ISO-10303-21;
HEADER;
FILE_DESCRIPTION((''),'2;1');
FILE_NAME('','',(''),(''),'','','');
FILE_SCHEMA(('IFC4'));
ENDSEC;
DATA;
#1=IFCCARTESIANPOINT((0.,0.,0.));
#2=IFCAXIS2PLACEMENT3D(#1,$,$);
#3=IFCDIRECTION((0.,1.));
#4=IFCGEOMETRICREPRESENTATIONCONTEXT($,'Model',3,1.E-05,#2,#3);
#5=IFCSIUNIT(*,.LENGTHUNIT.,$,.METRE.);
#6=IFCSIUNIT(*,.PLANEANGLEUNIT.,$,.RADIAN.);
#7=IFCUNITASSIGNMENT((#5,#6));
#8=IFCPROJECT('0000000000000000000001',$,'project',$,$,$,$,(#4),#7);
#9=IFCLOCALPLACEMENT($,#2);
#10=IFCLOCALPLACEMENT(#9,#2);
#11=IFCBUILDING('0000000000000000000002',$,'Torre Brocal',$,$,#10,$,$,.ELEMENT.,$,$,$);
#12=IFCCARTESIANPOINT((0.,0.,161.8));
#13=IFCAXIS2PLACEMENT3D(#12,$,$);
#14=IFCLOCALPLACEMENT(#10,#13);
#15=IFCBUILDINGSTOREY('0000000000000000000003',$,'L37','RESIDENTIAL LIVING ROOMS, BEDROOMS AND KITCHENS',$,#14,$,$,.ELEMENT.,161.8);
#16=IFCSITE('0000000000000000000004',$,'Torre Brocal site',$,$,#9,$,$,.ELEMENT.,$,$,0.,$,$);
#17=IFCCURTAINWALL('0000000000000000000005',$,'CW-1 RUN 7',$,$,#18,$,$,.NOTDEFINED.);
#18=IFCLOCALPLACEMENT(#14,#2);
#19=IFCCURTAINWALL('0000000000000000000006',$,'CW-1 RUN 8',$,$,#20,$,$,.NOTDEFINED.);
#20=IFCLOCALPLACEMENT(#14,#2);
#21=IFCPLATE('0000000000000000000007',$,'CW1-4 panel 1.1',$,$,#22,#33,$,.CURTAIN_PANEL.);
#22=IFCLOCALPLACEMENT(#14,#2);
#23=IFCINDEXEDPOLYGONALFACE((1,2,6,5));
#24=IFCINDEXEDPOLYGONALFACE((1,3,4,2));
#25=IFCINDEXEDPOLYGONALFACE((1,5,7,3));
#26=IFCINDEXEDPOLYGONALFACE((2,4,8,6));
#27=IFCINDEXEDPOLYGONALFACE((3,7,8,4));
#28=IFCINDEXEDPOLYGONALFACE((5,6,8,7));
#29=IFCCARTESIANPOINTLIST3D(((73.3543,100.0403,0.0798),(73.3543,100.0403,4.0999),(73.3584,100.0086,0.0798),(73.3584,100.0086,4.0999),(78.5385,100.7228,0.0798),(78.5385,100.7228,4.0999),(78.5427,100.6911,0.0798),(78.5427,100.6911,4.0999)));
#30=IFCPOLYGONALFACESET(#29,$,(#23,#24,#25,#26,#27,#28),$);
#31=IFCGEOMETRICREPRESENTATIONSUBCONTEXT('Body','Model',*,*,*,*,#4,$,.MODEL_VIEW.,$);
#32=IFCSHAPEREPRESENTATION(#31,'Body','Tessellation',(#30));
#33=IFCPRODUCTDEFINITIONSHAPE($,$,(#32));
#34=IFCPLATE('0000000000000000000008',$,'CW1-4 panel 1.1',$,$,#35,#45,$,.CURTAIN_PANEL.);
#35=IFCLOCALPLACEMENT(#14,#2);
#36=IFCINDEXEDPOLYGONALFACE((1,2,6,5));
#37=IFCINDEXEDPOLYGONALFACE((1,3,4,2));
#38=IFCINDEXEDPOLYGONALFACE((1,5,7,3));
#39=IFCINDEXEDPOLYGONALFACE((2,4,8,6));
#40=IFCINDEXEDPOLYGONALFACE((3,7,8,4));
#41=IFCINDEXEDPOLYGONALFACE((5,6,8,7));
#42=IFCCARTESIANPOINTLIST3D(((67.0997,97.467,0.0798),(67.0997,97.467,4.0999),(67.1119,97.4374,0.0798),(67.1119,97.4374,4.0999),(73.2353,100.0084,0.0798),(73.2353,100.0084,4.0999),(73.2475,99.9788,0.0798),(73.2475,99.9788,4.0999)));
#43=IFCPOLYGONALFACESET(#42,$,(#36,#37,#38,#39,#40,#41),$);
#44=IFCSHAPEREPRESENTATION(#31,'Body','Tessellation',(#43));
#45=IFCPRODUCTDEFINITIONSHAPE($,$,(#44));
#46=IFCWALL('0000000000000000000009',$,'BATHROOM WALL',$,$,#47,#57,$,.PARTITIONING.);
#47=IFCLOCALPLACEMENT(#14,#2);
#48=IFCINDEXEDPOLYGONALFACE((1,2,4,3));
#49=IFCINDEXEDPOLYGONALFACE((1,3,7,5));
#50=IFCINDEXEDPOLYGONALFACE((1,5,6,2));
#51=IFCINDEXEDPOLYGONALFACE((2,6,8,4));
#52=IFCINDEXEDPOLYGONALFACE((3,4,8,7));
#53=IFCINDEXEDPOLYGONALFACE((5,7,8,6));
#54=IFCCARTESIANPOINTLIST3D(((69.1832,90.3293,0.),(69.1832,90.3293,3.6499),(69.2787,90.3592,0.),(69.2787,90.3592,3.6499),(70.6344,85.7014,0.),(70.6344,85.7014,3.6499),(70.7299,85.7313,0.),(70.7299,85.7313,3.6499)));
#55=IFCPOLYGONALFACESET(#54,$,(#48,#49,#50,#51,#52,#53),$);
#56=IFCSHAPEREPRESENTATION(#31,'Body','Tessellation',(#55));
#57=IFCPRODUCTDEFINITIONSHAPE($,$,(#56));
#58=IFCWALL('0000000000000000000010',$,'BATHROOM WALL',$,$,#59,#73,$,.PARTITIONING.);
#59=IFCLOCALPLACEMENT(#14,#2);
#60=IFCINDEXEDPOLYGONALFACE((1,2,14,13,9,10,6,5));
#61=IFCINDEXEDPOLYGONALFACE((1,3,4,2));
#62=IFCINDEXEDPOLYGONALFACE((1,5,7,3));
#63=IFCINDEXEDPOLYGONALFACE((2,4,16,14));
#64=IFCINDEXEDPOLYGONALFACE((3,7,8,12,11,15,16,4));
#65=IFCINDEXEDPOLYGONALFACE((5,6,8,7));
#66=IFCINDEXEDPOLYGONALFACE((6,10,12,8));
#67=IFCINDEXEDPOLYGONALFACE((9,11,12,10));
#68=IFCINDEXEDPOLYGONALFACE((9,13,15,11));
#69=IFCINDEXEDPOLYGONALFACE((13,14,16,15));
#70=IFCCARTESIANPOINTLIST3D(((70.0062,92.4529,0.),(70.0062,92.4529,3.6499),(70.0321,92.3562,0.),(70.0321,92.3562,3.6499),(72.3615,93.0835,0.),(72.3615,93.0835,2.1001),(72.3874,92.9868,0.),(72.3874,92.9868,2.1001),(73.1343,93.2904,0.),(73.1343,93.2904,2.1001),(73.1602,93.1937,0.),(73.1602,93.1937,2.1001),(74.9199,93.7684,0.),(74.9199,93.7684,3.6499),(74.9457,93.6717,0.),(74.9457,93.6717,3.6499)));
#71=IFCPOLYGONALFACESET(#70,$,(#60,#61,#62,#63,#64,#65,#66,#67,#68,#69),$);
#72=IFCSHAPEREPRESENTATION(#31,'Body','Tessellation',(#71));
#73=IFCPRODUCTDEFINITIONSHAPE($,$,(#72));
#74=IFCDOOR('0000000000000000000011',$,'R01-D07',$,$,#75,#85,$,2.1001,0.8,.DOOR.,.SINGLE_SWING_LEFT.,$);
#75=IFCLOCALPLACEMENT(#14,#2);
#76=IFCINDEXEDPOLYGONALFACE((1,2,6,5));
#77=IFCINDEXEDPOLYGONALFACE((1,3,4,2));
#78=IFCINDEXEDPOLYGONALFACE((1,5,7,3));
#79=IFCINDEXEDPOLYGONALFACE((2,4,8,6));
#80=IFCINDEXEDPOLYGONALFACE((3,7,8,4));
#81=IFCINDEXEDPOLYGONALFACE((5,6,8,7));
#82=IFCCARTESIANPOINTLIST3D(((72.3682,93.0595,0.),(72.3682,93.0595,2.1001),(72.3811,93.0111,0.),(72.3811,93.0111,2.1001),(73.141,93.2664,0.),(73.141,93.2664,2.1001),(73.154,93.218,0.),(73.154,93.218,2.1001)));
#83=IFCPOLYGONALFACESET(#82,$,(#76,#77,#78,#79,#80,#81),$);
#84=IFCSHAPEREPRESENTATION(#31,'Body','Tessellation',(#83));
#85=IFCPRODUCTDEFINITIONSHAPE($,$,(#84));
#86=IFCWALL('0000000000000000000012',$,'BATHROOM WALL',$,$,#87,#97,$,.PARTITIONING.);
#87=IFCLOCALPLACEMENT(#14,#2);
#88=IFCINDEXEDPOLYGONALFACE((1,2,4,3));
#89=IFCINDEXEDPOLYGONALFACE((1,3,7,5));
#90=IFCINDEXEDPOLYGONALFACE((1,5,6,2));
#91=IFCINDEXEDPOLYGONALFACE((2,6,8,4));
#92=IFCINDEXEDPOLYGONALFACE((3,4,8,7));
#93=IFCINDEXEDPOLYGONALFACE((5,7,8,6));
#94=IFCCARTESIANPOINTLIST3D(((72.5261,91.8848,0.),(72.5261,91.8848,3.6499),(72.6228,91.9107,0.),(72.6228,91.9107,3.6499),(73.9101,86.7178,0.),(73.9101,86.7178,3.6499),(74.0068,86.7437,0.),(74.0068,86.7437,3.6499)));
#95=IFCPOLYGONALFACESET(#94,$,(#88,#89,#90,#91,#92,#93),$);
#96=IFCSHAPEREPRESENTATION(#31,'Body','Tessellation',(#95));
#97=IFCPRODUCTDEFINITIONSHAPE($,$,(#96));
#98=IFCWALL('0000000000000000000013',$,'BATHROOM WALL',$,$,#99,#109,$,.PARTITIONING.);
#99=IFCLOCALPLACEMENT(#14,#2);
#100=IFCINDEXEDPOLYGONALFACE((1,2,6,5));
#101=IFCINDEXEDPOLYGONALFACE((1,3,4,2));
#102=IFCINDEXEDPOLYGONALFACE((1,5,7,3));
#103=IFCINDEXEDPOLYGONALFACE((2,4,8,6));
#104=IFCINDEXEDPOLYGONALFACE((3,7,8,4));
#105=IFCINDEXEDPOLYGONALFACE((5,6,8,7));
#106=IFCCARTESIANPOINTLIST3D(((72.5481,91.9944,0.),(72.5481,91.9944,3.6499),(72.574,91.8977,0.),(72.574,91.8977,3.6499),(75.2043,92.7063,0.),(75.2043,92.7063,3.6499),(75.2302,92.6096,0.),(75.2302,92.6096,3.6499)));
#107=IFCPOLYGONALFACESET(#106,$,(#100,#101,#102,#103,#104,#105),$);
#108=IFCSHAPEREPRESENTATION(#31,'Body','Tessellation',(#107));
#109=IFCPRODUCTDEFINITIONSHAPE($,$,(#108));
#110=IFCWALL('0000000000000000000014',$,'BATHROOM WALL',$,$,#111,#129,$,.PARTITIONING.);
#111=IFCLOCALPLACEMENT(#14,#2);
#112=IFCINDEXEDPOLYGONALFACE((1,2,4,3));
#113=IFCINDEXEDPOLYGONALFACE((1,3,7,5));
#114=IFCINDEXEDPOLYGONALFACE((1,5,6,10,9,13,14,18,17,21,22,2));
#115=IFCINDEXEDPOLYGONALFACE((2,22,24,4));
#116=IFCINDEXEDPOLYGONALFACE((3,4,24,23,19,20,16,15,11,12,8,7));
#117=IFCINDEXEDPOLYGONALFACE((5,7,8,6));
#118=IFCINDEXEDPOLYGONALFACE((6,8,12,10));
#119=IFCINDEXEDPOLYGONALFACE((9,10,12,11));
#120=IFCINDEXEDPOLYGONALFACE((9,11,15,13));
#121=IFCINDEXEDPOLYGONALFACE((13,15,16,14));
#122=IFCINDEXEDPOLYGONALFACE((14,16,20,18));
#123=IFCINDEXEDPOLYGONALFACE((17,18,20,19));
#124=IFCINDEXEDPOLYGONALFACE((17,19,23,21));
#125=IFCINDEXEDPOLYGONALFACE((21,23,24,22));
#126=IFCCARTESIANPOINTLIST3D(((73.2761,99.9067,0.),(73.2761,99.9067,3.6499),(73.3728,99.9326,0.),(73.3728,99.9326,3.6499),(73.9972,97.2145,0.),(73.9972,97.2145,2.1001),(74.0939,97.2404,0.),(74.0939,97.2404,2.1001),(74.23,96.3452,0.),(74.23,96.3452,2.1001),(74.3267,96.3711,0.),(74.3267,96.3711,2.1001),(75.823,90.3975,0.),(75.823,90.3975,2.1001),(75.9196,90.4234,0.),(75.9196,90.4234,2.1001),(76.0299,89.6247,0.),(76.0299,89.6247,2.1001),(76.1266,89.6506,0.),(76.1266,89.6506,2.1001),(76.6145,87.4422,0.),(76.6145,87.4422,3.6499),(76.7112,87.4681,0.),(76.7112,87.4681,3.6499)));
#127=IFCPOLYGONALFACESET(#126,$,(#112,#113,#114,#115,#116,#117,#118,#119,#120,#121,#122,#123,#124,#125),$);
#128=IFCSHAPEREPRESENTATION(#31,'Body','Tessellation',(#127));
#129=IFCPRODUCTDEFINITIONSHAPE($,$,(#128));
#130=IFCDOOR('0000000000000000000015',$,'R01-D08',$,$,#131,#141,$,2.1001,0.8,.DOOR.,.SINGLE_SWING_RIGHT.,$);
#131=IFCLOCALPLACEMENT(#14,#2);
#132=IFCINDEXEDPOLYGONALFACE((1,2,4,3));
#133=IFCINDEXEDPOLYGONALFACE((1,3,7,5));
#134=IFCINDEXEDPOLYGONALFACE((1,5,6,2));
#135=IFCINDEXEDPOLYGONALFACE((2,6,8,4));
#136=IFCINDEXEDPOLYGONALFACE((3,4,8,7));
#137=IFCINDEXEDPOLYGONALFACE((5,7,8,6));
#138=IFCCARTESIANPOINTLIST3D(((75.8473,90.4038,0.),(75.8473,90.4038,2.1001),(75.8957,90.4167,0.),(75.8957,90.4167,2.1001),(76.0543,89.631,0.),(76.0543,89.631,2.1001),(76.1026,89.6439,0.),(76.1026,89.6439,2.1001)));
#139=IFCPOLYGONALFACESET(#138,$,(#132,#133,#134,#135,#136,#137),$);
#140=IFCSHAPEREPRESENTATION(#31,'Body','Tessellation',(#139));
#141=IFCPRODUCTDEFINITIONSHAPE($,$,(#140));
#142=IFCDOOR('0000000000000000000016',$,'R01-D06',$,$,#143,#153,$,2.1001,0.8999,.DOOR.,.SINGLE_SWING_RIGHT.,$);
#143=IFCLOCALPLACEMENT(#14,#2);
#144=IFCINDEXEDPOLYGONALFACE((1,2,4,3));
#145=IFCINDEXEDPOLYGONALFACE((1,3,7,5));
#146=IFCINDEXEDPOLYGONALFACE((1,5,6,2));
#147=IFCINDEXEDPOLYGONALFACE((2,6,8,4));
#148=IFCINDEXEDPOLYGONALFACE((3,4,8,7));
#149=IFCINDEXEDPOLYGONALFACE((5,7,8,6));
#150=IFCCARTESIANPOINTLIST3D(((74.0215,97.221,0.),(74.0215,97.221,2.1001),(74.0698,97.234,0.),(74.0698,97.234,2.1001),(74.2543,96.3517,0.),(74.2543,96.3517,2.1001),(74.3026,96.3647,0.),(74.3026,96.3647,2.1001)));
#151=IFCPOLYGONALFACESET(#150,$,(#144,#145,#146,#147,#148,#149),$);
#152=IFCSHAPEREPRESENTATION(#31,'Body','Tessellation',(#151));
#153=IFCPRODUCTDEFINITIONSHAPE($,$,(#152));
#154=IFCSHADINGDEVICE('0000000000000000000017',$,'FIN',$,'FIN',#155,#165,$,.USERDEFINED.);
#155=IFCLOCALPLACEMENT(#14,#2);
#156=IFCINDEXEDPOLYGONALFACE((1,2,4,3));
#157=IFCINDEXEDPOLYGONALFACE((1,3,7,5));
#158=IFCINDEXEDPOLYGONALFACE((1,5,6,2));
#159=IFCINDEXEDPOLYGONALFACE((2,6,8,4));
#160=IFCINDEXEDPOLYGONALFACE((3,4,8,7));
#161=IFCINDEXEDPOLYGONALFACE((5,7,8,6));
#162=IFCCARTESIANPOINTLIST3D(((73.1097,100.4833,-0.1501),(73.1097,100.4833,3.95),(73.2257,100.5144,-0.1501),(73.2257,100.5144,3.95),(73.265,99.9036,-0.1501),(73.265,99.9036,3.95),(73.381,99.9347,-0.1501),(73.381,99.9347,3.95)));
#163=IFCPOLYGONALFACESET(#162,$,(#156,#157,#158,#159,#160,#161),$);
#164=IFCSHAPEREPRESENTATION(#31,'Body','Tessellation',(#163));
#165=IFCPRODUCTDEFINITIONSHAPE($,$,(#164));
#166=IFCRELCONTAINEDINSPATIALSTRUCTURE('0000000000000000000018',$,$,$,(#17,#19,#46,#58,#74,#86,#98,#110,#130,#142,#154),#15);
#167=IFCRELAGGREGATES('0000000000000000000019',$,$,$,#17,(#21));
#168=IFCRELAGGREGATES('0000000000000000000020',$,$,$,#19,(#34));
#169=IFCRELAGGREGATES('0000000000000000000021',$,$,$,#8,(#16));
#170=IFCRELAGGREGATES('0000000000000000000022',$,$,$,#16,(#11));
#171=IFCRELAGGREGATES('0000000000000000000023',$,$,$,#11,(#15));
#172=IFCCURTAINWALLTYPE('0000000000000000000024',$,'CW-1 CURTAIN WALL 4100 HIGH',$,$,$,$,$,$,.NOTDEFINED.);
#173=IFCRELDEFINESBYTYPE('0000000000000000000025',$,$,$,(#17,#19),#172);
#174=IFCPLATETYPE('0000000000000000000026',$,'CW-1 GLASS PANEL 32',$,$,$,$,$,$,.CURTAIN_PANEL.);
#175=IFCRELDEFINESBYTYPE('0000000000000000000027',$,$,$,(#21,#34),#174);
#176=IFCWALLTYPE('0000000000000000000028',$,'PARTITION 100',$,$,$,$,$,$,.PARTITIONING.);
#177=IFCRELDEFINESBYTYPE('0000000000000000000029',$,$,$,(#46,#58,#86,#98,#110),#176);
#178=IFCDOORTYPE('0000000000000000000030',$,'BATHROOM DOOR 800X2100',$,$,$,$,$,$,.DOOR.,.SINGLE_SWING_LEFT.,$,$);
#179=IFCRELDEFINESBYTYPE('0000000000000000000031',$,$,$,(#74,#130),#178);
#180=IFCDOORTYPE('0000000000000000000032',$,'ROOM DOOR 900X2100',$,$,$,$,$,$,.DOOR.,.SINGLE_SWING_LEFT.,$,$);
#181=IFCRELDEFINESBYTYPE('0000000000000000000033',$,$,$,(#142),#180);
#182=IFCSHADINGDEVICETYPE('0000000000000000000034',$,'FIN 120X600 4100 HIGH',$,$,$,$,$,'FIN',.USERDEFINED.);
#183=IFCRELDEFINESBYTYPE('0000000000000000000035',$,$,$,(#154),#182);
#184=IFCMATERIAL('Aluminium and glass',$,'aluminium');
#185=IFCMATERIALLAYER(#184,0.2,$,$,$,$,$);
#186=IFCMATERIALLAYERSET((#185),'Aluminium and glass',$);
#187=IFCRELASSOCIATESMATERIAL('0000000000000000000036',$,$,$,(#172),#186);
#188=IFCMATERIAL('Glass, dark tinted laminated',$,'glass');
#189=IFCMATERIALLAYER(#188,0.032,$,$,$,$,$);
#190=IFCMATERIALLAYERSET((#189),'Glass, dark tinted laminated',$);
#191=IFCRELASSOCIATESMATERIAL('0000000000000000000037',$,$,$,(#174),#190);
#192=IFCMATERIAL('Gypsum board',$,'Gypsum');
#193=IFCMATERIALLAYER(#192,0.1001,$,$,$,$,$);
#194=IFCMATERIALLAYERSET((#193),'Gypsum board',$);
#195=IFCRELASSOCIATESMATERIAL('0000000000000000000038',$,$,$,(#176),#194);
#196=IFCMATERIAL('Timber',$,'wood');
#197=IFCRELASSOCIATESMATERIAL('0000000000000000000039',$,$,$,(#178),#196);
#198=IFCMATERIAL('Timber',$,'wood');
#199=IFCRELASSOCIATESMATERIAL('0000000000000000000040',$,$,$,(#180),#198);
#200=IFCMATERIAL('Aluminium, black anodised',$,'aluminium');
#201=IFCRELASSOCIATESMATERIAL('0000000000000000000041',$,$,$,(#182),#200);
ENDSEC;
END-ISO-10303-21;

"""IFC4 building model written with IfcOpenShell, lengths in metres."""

from ifc_helpers import new_model, si_unit, direction, frame, frame_2d, origin, origin_2d, place, context, subcontext, project, spatial, rectangle, extrude, material, layer, layer_set, material_profile, profile_set, type_object, element, fill, aggregate, save


model = new_model("IFC4")

# Units and contexts
model_context = context("Model", 3, precision=1e-05, world=origin(), true_north=direction((0.0, 1.0)))
body_context = subcontext(model_context, "Body", "Model", "MODEL_VIEW")
ifc_project = project(units=[si_unit("LENGTHUNIT", "METRE"), si_unit("PLANEANGLEUNIT", "RADIAN")], contexts=[model_context])

# Site, building, storey
site_placement = place(None, origin())
site = spatial("IfcSite", under=ifc_project, at=site_placement, Name="Torre Brocal site", CompositionType="ELEMENT", RefElevation=0.0)
building_placement = place(site_placement, origin())
building = spatial("IfcBuilding", under=site, at=building_placement, Name="Torre Brocal", CompositionType="ELEMENT")
storey_placement = place(building_placement, frame((0.0, 0.0, 161.8)))
storey = spatial("IfcBuildingStorey", under=building, at=storey_placement, Name="L37", Description="RESIDENTIAL LIVING ROOMS, BEDROOMS AND KITCHENS", CompositionType="ELEMENT", Elevation=161.8)

# Curtain wall
ifc_material_1 = material(Name="Aluminium and glass", Category="aluminium")
ifc_layer_1 = layer(ifc_material_1, 0.2)
ifc_layer_set_1 = layer_set([ifc_layer_1], Name="Aluminium and glass")
curtain_wall_type = type_object("IfcCurtainWallType", Name="CW-1 CURTAIN WALL 4100 HIGH", PredefinedType="NOTDEFINED", material=ifc_layer_set_1)
curtain_wall_1_placement = place(storey_placement, origin())
curtain_wall_1 = element("IfcCurtainWall", 1, at=curtain_wall_1_placement, inside=storey, type_object=curtain_wall_type, Name="CW-1 RUN 7", PredefinedType="NOTDEFINED")

# Curtain wall
curtain_wall_2_placement = place(storey_placement, origin())
curtain_wall_2 = element("IfcCurtainWall", 2, at=curtain_wall_2_placement, inside=storey, type_object=curtain_wall_type, Name="CW-1 RUN 8", PredefinedType="NOTDEFINED")

# Plates
ifc_material_2 = material(Name="Glass, dark tinted laminated", Category="glass")
ifc_layer_2 = layer(ifc_material_2, 0.032)
ifc_layer_set_2 = layer_set([ifc_layer_2], Name="Glass, dark tinted laminated")
plate_type = type_object("IfcPlateType", Name="CW-1 GLASS PANEL 32", PredefinedType="CURTAIN_PANEL", material=ifc_layer_set_2)
plate_1_placement = place(storey_placement, frame((75.9485, 100.3657, 0.0798), z_axis=(0.0, 0.0, 1.0), x_axis=(-0.991445, -0.130526, 0.0)))
plate_1 = element("IfcPlate", 3, at=plate_1_placement, type_object=plate_type, Name="CW1-4 panel 1.1", PredefinedType="CURTAIN_PANEL", context=body_context, shape_type="SweptSolid", body=[
    extrude(rectangle(XDim=5.229, YDim=0.032, at=origin_2d()), origin(), (0.0, 0.0, 1.0), 4.02),
])
aggregate(curtain_wall_1, [plate_1])
plate_2_placement = place(storey_placement, frame((70.1736, 98.7229, 0.0798), z_axis=(0.0, 0.0, 1.0), x_axis=(-0.92388, -0.382683, 0.0)))
plate_2 = element("IfcPlate", 4, at=plate_2_placement, type_object=plate_type, Name="CW1-4 panel 1.1", PredefinedType="CURTAIN_PANEL", context=body_context, shape_type="SweptSolid", body=[
    extrude(rectangle(XDim=6.6411, YDim=0.032, at=origin_2d()), origin(), (0.0, 0.0, 1.0), 4.02),
])
aggregate(curtain_wall_2, [plate_2])

# Wall
ifc_material_3 = material(Name="Gypsum board", Category="Gypsum")
ifc_layer_3 = layer(ifc_material_3, 0.1001)
ifc_layer_set_3 = layer_set([ifc_layer_3], Name="Gypsum board")
wall_type = type_object("IfcWallType", Name="PARTITION 100", PredefinedType="PARTITIONING", material=ifc_layer_set_3)
wall_1_placement = place(storey_placement, frame((69.231, 90.3442, 0.0), z_axis=(0.0, 0.0, 1.0), x_axis=(0.299203, -0.954189, 0.0)))
element("IfcWall", 5, at=wall_1_placement, inside=storey, type_object=wall_type, Name="BATHROOM WALL", PredefinedType="PARTITIONING", context=body_context, shape_type="SweptSolid", body=[
    extrude(rectangle(XDim=4.8501, YDim=0.1001, at=frame_2d((2.425, 0.0))), origin(), (0.0, 0.0, 1.0), 3.6499),
])

# Wall, opening, door
wall_2_placement = place(storey_placement, frame((70.019, 92.4045, 0.0), z_axis=(0.0, 0.0, 1.0), x_axis=(0.965983, 0.258607, 0.0)))
wall_2 = element("IfcWall", 6, at=wall_2_placement, inside=storey, type_object=wall_type, Name="BATHROOM WALL", PredefinedType="PARTITIONING", context=body_context, shape_type="SweptSolid", body=[
    extrude(rectangle(XDim=5.0867, YDim=0.1001, at=frame_2d((2.5435, 0.0))), origin(), (0.0, 0.0, 1.0), 3.6499),
])
opening_1_placement = place(wall_2_placement, frame((2.4385, 0.0, 0.0)))
opening_1 = element("IfcOpeningElement", 7, at=opening_1_placement, cuts=wall_2, PredefinedType="OPENING", context=body_context, shape_type="SweptSolid", body=[
    extrude(rectangle(XDim=0.8, YDim=2.1001, at=frame_2d((0.3999, 1.05))), frame((0.0, 0.0601, 0.0), z_axis=(0.0, -1.0, 0.0), x_axis=(1.0, 0.0, 0.0)), (0.0, 0.0, 1.0), 0.1201),
])
ifc_material_4 = material(Name="Timber", Category="wood")
door_type_1 = type_object("IfcDoorType", Name="BATHROOM DOOR 800X2100", OperationType="SINGLE_SWING_LEFT", PredefinedType="DOOR", material=ifc_material_4)
door_1_placement = place(opening_1_placement, frame((0.8, 0.0, 0.0), z_axis=(0.0, 0.0, 1.0), x_axis=(-1.0, 0.0, 0.0)))
door_1 = element("IfcDoor", 8, at=door_1_placement, inside=storey, type_object=door_type_1, Name="R01-D07", OperationType="SINGLE_SWING_LEFT", OverallHeight=2.1001, OverallWidth=0.8, PredefinedType="DOOR", context=body_context, shape_type="SweptSolid", body=[
    extrude(rectangle(XDim=0.8, YDim=2.1001, at=frame_2d((0.3999, 1.05))), frame((0.0, 0.0249, 0.0), z_axis=(0.0, -1.0, 0.0), x_axis=(1.0, 0.0, 0.0)), (0.0, 0.0, 1.0), 0.05),
])
fill(opening_1, door_1)

# Walls
wall_3_placement = place(storey_placement, frame((72.5745, 91.8977, 0.0), z_axis=(0.0, 0.0, 1.0), x_axis=(0.258739, -0.965947, 0.0)))
element("IfcWall", 9, at=wall_3_placement, inside=storey, type_object=wall_type, Name="BATHROOM WALL", PredefinedType="PARTITIONING", context=body_context, shape_type="SweptSolid", body=[
    extrude(rectangle(XDim=5.3491, YDim=0.1001, at=frame_2d((2.6746, 0.0))), origin(), (0.0, 0.0, 1.0), 3.6499),
])
wall_4_placement = place(storey_placement, frame((72.561, 91.946, 0.0), z_axis=(0.0, 0.0, 1.0), x_axis=(0.96591, 0.258878, 0.0)))
element("IfcWall", 10, at=wall_4_placement, inside=storey, type_object=wall_type, Name="BATHROOM WALL", PredefinedType="PARTITIONING", context=body_context, shape_type="SweptSolid", body=[
    extrude(rectangle(XDim=2.75, YDim=0.1001, at=frame_2d((1.375, 0.0))), origin(), (0.0, 0.0, 1.0), 3.6499),
])

# Wall, openings, doors
wall_5_placement = place(storey_placement, frame((73.3245, 99.9197, 0.0), z_axis=(0.0, 0.0, 1.0), x_axis=(0.258711, -0.965955, 0.0)))
wall_5 = element("IfcWall", 11, at=wall_5_placement, inside=storey, type_object=wall_type, Name="BATHROOM WALL", PredefinedType="PARTITIONING", context=body_context, shape_type="SweptSolid", body=[
    extrude(rectangle(XDim=12.9038, YDim=0.1001, at=frame_2d((6.4519, 0.0))), origin(), (0.0, 0.0, 1.0), 3.6499),
])
opening_2_placement = place(wall_5_placement, frame((2.7871, 0.0, 0.0)))
opening_2 = element("IfcOpeningElement", 12, at=opening_2_placement, cuts=wall_5, PredefinedType="OPENING", context=body_context, shape_type="SweptSolid", body=[
    extrude(rectangle(XDim=0.8999, YDim=2.1001, at=frame_2d((0.45, 1.05))), frame((0.0, 0.0601, 0.0), z_axis=(0.0, -1.0, 0.0), x_axis=(1.0, 0.0, 0.0)), (0.0, 0.0, 1.0), 0.1201),
])
opening_3_placement = place(wall_5_placement, frame((9.8445, 0.0, 0.0)))
opening_3 = element("IfcOpeningElement", 13, at=opening_3_placement, cuts=wall_5, PredefinedType="OPENING", context=body_context, shape_type="SweptSolid", body=[
    extrude(rectangle(XDim=0.8, YDim=2.1001, at=frame_2d((0.3999, 1.05))), frame((0.0, 0.0601, 0.0), z_axis=(0.0, -1.0, 0.0), x_axis=(1.0, 0.0, 0.0)), (0.0, 0.0, 1.0), 0.1201),
])
door_2_placement = place(opening_3_placement, frame((0.8, 0.0, 0.0), z_axis=(0.0, 0.0, 1.0), x_axis=(-1.0, 0.0, 0.0)))
door_2 = element("IfcDoor", 14, at=door_2_placement, inside=storey, type_object=door_type_1, Name="R01-D08", OperationType="SINGLE_SWING_RIGHT", OverallHeight=2.1001, OverallWidth=0.8, PredefinedType="DOOR", context=body_context, shape_type="SweptSolid", body=[
    extrude(rectangle(XDim=0.8, YDim=2.1001, at=frame_2d((0.3999, 1.05))), frame((0.0, 0.0249, 0.0), z_axis=(0.0, -1.0, 0.0), x_axis=(1.0, 0.0, 0.0)), (0.0, 0.0, 1.0), 0.05),
])
fill(opening_3, door_2)
ifc_material_5 = material(Name="Timber", Category="wood")
door_type_2 = type_object("IfcDoorType", Name="ROOM DOOR 900X2100", OperationType="SINGLE_SWING_LEFT", PredefinedType="DOOR", material=ifc_material_5)
door_3_placement = place(opening_2_placement, frame((0.8999, 0.0, 0.0), z_axis=(0.0, 0.0, 1.0), x_axis=(-1.0, 0.0, 0.0)))
door_3 = element("IfcDoor", 15, at=door_3_placement, inside=storey, type_object=door_type_2, Name="R01-D06", OperationType="SINGLE_SWING_RIGHT", OverallHeight=2.1001, OverallWidth=0.8999, PredefinedType="DOOR", context=body_context, shape_type="SweptSolid", body=[
    extrude(rectangle(XDim=0.8999, YDim=2.1001, at=frame_2d((0.45, 1.05))), frame((0.0, 0.0249, 0.0), z_axis=(0.0, -1.0, 0.0), x_axis=(1.0, 0.0, 0.0)), (0.0, 0.0, 1.0), 0.05),
])
fill(opening_2, door_3)

# Shading device
ifc_material_6 = material(Name="Aluminium, black anodised", Category="aluminium")
ifc_material_profile_1 = material_profile(ifc_material_6, rectangle(XDim=0.1201, YDim=0.6001, at=origin_2d()), Name="FIN 120X600 4100 HIGH")
ifc_profile_set_1 = profile_set([ifc_material_profile_1], Name="Aluminium, black anodised")
shading_device_type = type_object("IfcShadingDeviceType", Name="FIN 120X600 4100 HIGH", ElementType="FIN", PredefinedType="USERDEFINED", material=ifc_profile_set_1)
shading_device_placement = place(storey_placement, frame((73.2454, 100.209, -0.1501), z_axis=(0.0, 0.0, 1.0), x_axis=(-0.965926, -0.258819, 0.0)))
element("IfcShadingDevice", 16, at=shading_device_placement, inside=storey, type_object=shading_device_type, Name="FIN", ObjectType="FIN", PredefinedType="USERDEFINED", context=body_context, shape_type="SweptSolid", body=[
    extrude(rectangle(XDim=0.1201, YDim=0.6001, at=origin_2d()), origin(), (0.0, 0.0, 1.0), 4.1001),
])

save(model, "model.ifc")
